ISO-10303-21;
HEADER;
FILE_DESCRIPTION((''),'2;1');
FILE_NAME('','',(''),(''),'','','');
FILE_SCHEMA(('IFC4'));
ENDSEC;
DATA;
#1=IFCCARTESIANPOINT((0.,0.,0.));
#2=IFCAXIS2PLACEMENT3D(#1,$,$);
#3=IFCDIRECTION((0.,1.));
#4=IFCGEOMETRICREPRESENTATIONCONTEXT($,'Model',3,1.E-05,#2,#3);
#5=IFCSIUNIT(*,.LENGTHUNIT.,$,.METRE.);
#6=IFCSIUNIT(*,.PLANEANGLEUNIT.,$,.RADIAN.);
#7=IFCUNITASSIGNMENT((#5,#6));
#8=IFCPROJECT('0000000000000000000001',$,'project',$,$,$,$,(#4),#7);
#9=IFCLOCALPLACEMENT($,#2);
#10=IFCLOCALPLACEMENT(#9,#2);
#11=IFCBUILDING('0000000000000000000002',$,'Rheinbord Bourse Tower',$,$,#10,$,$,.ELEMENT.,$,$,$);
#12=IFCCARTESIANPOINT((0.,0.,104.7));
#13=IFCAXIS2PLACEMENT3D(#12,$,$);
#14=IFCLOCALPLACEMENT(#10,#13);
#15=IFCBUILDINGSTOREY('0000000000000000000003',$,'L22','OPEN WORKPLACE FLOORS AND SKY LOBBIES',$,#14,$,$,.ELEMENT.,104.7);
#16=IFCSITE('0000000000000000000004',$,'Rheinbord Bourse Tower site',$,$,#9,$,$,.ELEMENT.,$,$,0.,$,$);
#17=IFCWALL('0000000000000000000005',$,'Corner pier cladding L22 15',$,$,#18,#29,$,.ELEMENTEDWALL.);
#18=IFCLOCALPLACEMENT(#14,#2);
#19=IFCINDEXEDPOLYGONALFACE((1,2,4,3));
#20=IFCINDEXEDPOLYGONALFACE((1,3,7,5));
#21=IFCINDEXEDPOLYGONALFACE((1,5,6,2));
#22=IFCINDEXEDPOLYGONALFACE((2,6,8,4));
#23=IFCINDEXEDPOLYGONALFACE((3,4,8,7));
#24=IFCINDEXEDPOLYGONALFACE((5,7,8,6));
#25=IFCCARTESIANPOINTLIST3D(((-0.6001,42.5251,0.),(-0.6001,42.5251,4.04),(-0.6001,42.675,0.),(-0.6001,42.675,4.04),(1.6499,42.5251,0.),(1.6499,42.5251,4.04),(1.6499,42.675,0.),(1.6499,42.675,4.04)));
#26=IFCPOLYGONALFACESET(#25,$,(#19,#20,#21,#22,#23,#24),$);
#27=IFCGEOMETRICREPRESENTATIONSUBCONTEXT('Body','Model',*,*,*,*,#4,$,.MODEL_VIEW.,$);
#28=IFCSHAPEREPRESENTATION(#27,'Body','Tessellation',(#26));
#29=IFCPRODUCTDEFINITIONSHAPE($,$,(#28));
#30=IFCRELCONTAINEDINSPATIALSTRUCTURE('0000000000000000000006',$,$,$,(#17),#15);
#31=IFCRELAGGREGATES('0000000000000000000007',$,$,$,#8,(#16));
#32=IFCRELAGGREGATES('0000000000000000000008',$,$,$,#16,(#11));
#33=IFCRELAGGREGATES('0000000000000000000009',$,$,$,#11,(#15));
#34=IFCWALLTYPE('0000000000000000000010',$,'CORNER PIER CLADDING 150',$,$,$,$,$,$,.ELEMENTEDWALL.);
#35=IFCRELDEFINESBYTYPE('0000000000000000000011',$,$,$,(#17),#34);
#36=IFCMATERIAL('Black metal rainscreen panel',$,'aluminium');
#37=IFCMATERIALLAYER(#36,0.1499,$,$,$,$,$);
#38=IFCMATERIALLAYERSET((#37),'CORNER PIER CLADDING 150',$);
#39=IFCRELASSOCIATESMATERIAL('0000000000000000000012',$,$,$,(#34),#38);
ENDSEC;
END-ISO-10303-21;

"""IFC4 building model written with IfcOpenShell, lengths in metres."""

from ifc_helpers import new_model, si_unit, direction, frame, frame_2d, origin, place, context, subcontext, project, spatial, rectangle, extrude, material, layer, layer_set, type_object, element, save


model = new_model("IFC4")

# Units and contexts
model_context = context("Model", 3, precision=1e-05, world=origin(), true_north=direction((0.0, 1.0)))
body_context = subcontext(model_context, "Body", "Model", "MODEL_VIEW")
ifc_project = project(units=[si_unit("LENGTHUNIT", "METRE"), si_unit("PLANEANGLEUNIT", "RADIAN")], contexts=[model_context])

# Site, building, storey
site_placement = place(None, origin())
site = spatial("IfcSite", under=ifc_project, at=site_placement, Name="Rheinbord Bourse Tower site", CompositionType="ELEMENT", RefElevation=0.0)
building_placement = place(site_placement, origin())
building = spatial("IfcBuilding", under=site, at=building_placement, Name="Rheinbord Bourse Tower", CompositionType="ELEMENT")
storey_placement = place(building_placement, frame((0.0, 0.0, 104.7)))
storey = spatial("IfcBuildingStorey", under=building, at=storey_placement, Name="L22", Description="OPEN WORKPLACE FLOORS AND SKY LOBBIES", CompositionType="ELEMENT", Elevation=104.7)

# Wall
ifc_material_1 = material(Name="Black metal rainscreen panel", Category="aluminium")
ifc_layer_1 = layer(ifc_material_1, 0.1499)
ifc_layer_set_1 = layer_set([ifc_layer_1], Name="CORNER PIER CLADDING 150")
wall_type = type_object("IfcWallType", Name="CORNER PIER CLADDING 150", PredefinedType="ELEMENTEDWALL", material=ifc_layer_set_1)
wall_1_placement = place(storey_placement, frame((1.6499, 42.6001, 0.0), z_axis=(0.0, 0.0, 1.0), x_axis=(-1.0, 0.0, 0.0)))
element("IfcWall", 1, at=wall_1_placement, inside=storey, type_object=wall_type, Name="Corner pier cladding L22 15", PredefinedType="ELEMENTEDWALL", context=body_context, shape_type="SweptSolid", body=[
    extrude(rectangle(XDim=2.25, YDim=0.1499, at=frame_2d((1.125, 0.0))), origin(), (0.0, 0.0, 1.0), 4.04),
])

save(model, "model.ifc")
